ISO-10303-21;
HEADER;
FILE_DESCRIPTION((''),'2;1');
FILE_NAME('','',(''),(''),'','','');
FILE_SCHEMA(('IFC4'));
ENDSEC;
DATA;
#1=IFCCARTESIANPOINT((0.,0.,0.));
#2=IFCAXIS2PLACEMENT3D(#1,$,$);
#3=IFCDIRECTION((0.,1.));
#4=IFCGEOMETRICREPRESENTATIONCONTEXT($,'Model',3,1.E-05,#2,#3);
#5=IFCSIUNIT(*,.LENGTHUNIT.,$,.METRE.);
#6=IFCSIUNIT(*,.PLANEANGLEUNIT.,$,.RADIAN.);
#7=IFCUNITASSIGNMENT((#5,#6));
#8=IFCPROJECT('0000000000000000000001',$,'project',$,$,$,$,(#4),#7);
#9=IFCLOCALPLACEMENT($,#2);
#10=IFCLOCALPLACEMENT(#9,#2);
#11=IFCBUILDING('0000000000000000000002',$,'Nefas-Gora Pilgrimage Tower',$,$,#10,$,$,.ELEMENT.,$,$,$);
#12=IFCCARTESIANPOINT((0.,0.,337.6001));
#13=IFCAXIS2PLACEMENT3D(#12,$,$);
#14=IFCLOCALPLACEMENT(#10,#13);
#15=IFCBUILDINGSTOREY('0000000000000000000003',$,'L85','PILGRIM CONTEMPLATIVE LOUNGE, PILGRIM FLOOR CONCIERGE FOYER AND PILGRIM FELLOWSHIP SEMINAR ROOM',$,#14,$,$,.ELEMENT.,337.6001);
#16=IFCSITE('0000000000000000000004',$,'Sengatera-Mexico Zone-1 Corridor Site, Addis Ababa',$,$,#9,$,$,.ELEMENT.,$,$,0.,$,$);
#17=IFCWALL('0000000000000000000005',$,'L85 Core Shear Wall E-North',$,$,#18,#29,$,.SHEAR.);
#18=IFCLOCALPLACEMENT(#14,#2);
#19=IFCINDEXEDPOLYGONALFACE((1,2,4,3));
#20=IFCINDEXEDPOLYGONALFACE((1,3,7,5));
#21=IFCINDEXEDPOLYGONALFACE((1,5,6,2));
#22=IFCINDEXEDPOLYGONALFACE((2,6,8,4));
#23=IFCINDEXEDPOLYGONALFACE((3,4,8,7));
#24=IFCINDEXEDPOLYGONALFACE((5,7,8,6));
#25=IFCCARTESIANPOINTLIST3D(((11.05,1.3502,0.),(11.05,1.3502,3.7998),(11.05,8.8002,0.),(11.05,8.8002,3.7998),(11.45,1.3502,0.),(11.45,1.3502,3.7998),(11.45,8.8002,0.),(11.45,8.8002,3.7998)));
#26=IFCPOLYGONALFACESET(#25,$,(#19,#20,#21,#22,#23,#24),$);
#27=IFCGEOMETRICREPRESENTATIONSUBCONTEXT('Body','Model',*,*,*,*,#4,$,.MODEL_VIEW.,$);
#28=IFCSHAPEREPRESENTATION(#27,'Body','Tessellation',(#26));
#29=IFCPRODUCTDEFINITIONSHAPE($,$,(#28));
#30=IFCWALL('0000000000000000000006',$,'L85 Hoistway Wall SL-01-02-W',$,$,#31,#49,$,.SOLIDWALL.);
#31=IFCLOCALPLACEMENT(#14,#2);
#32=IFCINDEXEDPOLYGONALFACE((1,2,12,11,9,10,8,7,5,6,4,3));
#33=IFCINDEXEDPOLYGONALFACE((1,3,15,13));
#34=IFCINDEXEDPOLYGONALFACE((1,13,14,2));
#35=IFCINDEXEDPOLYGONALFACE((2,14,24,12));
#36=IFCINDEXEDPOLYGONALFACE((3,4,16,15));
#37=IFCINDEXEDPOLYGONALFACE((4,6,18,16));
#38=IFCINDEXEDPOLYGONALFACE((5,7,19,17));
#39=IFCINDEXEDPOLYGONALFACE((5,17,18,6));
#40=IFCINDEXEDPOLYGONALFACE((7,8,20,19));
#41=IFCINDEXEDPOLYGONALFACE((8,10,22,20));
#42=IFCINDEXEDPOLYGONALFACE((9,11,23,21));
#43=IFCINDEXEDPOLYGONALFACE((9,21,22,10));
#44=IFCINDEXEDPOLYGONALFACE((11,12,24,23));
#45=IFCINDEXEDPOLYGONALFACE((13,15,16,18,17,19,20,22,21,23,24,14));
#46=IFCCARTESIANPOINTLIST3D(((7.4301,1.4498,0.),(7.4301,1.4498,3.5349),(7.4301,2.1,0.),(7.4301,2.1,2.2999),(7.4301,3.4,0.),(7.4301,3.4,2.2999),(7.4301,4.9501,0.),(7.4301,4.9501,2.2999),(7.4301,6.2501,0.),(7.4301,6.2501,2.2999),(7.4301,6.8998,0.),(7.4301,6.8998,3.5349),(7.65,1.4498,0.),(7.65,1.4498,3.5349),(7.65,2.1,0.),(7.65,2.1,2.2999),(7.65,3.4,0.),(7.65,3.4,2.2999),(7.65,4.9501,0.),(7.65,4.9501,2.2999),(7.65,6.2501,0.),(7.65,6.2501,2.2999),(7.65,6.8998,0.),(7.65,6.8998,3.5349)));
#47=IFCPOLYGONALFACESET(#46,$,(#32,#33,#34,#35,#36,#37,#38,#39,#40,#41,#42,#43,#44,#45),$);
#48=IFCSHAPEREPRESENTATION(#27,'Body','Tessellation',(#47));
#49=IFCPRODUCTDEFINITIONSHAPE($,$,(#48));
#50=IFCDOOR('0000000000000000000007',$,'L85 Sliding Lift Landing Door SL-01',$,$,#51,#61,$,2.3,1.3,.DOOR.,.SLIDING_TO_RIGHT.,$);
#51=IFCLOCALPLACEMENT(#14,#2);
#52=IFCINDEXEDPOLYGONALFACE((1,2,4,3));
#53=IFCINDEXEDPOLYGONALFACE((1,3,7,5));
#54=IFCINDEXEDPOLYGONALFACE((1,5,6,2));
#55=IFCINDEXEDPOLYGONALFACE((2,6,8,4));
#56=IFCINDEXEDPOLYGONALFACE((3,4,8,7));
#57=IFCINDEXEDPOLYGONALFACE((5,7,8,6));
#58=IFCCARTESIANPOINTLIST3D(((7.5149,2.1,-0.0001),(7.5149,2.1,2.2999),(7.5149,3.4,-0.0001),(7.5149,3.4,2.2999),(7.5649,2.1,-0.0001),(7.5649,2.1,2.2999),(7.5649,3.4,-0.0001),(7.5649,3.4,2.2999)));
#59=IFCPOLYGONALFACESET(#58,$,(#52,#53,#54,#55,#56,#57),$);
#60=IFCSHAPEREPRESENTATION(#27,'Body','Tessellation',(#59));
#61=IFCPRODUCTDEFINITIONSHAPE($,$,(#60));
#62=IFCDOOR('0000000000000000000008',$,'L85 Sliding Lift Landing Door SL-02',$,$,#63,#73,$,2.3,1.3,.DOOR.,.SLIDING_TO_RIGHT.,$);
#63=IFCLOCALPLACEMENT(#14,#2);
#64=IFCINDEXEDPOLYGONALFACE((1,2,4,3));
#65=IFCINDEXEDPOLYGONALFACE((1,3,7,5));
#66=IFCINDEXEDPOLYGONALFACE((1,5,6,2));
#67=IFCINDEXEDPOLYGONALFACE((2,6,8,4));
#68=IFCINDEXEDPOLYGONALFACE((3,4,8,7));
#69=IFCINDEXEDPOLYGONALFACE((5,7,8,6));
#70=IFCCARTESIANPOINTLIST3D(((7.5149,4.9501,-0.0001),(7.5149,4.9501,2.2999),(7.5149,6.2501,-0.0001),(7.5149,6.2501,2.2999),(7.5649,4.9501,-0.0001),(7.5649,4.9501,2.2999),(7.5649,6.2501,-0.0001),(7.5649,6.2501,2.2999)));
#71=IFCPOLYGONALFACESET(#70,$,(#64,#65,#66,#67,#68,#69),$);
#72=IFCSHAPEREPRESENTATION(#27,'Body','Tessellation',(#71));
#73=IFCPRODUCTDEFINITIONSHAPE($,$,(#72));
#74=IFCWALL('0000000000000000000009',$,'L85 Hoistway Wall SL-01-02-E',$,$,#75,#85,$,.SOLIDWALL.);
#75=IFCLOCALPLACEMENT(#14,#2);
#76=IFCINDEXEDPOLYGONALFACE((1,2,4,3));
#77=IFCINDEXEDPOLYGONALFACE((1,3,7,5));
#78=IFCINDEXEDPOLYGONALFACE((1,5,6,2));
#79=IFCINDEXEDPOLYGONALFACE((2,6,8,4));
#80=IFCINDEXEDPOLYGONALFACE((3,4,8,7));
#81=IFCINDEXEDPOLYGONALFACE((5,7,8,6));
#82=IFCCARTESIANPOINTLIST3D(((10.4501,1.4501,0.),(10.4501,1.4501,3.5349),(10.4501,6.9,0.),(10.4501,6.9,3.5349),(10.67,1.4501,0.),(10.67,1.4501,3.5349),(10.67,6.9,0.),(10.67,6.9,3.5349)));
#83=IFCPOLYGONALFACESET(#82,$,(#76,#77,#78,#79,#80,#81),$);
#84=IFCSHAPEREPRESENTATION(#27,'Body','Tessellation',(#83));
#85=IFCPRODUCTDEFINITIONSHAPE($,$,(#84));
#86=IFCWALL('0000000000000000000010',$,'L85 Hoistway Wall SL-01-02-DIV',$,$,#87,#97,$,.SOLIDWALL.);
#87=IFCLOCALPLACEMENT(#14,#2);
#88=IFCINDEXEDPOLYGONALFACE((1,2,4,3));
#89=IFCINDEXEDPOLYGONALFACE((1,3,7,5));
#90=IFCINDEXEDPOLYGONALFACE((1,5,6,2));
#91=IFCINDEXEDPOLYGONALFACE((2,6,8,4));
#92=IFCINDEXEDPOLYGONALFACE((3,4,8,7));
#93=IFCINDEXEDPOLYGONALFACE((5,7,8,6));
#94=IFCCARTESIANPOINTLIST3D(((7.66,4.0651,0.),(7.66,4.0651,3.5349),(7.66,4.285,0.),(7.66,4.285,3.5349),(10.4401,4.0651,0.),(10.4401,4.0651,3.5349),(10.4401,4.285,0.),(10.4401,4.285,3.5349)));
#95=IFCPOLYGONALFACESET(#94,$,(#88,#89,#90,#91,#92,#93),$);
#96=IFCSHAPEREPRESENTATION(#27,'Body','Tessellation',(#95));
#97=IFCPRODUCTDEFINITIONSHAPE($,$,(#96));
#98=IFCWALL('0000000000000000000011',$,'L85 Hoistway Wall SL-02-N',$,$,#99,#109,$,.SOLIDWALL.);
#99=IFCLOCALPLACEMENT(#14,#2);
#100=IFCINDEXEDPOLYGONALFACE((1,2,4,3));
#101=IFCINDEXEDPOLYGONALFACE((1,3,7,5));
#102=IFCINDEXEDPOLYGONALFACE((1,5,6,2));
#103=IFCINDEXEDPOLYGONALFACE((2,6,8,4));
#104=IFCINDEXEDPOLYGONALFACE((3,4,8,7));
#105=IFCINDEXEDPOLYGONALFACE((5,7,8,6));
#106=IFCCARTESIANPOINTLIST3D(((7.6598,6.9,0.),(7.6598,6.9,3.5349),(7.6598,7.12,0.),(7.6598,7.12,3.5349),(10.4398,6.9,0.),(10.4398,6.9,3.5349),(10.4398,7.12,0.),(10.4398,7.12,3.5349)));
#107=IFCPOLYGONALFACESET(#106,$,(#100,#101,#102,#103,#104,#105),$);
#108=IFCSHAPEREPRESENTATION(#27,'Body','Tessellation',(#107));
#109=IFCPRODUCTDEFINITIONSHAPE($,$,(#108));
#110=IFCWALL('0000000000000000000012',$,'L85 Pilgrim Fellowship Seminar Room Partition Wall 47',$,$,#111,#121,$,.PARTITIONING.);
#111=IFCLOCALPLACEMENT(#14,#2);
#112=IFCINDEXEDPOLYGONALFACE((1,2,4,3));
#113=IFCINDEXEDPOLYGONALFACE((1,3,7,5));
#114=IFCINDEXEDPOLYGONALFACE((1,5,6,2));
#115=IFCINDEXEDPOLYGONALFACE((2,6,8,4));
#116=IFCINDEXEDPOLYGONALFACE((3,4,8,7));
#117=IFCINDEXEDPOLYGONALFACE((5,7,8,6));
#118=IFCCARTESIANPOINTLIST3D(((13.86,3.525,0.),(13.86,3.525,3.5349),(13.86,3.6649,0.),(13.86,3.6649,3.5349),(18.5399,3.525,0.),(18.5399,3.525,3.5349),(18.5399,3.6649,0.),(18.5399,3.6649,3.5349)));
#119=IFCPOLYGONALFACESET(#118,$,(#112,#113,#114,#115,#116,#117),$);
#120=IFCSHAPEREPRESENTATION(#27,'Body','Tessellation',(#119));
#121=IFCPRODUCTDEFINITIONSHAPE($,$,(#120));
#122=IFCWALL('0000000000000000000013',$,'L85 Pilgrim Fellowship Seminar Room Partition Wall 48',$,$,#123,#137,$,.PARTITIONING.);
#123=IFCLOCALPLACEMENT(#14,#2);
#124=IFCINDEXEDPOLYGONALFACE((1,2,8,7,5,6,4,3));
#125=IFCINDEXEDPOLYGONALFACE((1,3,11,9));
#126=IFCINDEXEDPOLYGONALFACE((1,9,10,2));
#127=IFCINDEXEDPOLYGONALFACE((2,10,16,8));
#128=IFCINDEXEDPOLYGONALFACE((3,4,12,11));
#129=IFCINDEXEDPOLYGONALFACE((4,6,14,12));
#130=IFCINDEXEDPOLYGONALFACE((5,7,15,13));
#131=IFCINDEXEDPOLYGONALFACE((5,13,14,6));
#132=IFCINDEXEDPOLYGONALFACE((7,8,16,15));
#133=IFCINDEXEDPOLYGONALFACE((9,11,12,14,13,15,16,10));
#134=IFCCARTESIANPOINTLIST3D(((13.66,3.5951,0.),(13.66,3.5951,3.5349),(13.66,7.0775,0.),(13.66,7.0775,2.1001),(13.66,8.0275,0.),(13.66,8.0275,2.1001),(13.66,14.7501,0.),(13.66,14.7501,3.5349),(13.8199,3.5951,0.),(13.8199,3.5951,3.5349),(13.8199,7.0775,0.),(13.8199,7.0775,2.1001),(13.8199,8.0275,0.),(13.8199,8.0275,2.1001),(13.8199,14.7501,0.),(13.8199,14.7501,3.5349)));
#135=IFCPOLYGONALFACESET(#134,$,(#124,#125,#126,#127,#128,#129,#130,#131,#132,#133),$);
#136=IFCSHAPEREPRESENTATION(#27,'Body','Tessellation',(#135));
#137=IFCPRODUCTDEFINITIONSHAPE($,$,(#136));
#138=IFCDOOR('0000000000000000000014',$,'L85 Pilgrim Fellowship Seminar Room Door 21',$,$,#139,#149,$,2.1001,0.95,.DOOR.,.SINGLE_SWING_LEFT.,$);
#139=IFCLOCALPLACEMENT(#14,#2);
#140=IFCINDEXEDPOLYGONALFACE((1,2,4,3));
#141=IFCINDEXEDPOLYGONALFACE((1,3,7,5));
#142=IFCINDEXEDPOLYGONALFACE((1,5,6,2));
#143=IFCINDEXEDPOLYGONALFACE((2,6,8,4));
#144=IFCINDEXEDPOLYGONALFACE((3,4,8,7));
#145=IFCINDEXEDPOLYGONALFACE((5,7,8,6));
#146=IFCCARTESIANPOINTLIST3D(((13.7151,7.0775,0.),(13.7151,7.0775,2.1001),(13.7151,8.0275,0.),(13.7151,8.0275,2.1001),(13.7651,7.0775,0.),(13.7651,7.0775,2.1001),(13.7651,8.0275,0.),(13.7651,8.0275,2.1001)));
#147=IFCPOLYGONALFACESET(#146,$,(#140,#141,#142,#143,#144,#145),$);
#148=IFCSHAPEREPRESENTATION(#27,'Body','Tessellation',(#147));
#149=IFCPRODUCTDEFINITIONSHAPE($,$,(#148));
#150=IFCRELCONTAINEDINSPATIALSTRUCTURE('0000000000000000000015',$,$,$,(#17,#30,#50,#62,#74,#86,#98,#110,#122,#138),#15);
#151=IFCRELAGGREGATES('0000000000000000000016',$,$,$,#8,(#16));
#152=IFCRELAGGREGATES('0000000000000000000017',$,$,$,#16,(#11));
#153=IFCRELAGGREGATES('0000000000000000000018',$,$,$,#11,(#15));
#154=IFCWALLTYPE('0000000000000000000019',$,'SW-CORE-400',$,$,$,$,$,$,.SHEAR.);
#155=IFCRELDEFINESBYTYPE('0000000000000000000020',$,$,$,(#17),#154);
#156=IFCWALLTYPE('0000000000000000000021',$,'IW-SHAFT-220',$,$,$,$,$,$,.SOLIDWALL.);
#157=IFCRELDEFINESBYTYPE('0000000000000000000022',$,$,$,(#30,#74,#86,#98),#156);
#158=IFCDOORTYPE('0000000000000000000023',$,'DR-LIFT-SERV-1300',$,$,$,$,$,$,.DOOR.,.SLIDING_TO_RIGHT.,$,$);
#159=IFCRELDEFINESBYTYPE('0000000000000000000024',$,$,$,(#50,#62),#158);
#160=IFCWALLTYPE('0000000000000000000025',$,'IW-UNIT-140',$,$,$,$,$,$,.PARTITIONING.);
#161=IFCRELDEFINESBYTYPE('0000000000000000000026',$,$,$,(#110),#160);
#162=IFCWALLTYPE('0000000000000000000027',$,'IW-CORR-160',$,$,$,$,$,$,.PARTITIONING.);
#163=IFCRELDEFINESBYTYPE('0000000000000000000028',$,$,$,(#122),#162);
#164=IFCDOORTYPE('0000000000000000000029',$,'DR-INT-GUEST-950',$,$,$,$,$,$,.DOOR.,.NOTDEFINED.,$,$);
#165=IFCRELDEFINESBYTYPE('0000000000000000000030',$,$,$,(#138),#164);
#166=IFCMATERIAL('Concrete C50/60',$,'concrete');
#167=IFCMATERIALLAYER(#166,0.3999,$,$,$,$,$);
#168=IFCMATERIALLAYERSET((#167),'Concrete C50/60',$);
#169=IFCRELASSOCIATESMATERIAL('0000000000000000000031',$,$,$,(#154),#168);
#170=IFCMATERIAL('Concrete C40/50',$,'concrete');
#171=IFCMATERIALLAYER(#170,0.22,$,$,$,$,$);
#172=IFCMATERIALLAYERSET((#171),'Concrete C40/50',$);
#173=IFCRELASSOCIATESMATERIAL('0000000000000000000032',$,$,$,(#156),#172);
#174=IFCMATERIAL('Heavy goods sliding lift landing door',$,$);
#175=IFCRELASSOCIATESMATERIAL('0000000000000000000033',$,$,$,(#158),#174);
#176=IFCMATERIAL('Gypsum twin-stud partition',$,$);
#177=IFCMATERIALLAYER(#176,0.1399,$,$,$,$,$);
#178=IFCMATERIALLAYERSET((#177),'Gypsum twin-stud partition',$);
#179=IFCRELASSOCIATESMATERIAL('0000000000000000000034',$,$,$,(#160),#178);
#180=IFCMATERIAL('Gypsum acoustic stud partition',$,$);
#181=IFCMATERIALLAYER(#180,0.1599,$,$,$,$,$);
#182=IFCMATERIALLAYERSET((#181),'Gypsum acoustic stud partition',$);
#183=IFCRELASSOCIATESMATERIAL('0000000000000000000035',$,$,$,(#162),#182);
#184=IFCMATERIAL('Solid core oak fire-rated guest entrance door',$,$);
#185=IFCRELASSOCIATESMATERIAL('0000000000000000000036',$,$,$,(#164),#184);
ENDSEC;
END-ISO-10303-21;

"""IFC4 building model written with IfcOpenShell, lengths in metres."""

from ifc_helpers import new_model, si_unit, direction, frame, frame_2d, origin, place, context, subcontext, project, spatial, rectangle, extrude, source, transform, mapped, material, layer, layer_set, type_object, element, fill, save


model = new_model("IFC4")

# Units and contexts
model_context = context("Model", 3, precision=1e-05, world=origin(), true_north=direction((0.0, 1.0)))
body_context = subcontext(model_context, "Body", "Model", "MODEL_VIEW")
ifc_project = project(units=[si_unit("LENGTHUNIT", "METRE"), si_unit("PLANEANGLEUNIT", "RADIAN")], contexts=[model_context])

# Site, building, storey
site_placement = place(None, origin())
site = spatial("IfcSite", under=ifc_project, at=site_placement, Name="Sengatera-Mexico Zone-1 Corridor Site, Addis Ababa", CompositionType="ELEMENT", RefElevation=0.0)
building_placement = place(site_placement, origin())
building = spatial("IfcBuilding", under=site, at=building_placement, Name="Nefas-Gora Pilgrimage Tower", CompositionType="ELEMENT")
storey_placement = place(building_placement, frame((0.0, 0.0, 337.6001)))
storey = spatial("IfcBuildingStorey", under=building, at=storey_placement, Name="L85", Description="PILGRIM CONTEMPLATIVE LOUNGE, PILGRIM FLOOR CONCIERGE FOYER AND PILGRIM FELLOWSHIP SEMINAR ROOM", CompositionType="ELEMENT", Elevation=337.6001)

# Shared definitions
ifc_material_1 = material(Name="Concrete C50/60", Category="concrete")

# Wall
ifc_layer_1 = layer(ifc_material_1, 0.3999)
ifc_layer_set_1 = layer_set([ifc_layer_1], Name="Concrete C50/60")
wall_type_1 = type_object("IfcWallType", Name="SW-CORE-400", PredefinedType="SHEAR", material=ifc_layer_set_1)
shared_shape_1 = source(origin(), body_context, "Body", "SweptSolid", [
    extrude(rectangle(XDim=7.45, YDim=0.3999, at=frame_2d((3.7251, 0.0))), origin(), (0.0, 0.0, 1.0), 3.7998),
])
wall_1_placement = place(storey_placement, frame((11.25, 1.3501, 0.0), z_axis=(0.0, 0.0, 1.0), x_axis=(0.0, 1.0, 0.0)))
element("IfcWall", 1, at=wall_1_placement, inside=storey, type_object=wall_type_1, Name="L85 Core Shear Wall E-North", PredefinedType="SHEAR", context=body_context, shape_type="MappedRepresentation", body=[
    mapped(shared_shape_1, transform((0.0, 0.0, 0.0), x_axis=(1.0, 0.0, 0.0), y_axis=(0.0, 1.0, 0.0), z_axis=(0.0, 0.0, 1.0), scale=1.0)),
])

# Wall, openings, doors
ifc_material_2 = material(Name="Concrete C40/50", Category="concrete")
ifc_layer_2 = layer(ifc_material_2, 0.22)
ifc_layer_set_2 = layer_set([ifc_layer_2], Name="Concrete C40/50")
wall_type_2 = type_object("IfcWallType", Name="IW-SHAFT-220", PredefinedType="SOLIDWALL", material=ifc_layer_set_2)
shared_shape_2 = source(origin(), body_context, "Body", "SweptSolid", [
    extrude(rectangle(XDim=5.45, YDim=0.22, at=frame_2d((2.7251, 0.0))), origin(), (0.0, 0.0, 1.0), 3.5349),
])
wall_2_placement = place(storey_placement, frame((7.54, 6.8999, 0.0), z_axis=(0.0, 0.0, 1.0), x_axis=(0.0, -1.0, 0.0)))
wall_2 = element("IfcWall", 2, at=wall_2_placement, inside=storey, type_object=wall_type_2, Name="L85 Hoistway Wall SL-01-02-W", PredefinedType="SOLIDWALL", context=body_context, shape_type="MappedRepresentation", body=[
    mapped(shared_shape_2, transform((0.0, 0.0, 0.0), x_axis=(1.0, 0.0, 0.0), y_axis=(0.0, 1.0, 0.0), z_axis=(0.0, 0.0, 1.0), scale=1.0)),
])
opening_1_placement = place(wall_2_placement, frame((3.5, 0.0, 0.0)))
opening_1 = element("IfcOpeningElement", 3, at=opening_1_placement, cuts=wall_2, PredefinedType="OPENING", context=body_context, shape_type="SweptSolid", body=[
    extrude(rectangle(XDim=1.3, YDim=2.3, at=frame_2d((0.6499, 1.1499))), frame((0.0, 0.1199, 0.0), z_axis=(0.0, -1.0, 0.0), x_axis=(1.0, 0.0, 0.0)), (0.0, 0.0, 1.0), 0.24),
])
opening_2_placement = place(wall_2_placement, frame((0.6499, 0.0, 0.0)))
opening_2 = element("IfcOpeningElement", 4, at=opening_2_placement, cuts=wall_2, PredefinedType="OPENING", context=body_context, shape_type="SweptSolid", body=[
    extrude(rectangle(XDim=1.3, YDim=2.3, at=frame_2d((0.6499, 1.1499))), frame((0.0, 0.1199, 0.0), z_axis=(0.0, -1.0, 0.0), x_axis=(1.0, 0.0, 0.0)), (0.0, 0.0, 1.0), 0.24),
])
ifc_material_3 = material(Name="Heavy goods sliding lift landing door")
door_type_1 = type_object("IfcDoorType", Name="DR-LIFT-SERV-1300", OperationType="SLIDING_TO_RIGHT", PredefinedType="DOOR", material=ifc_material_3)
shared_shape_3 = source(origin(), body_context, "Body", "SweptSolid", [
    extrude(rectangle(XDim=1.3, YDim=2.3, at=frame_2d((0.6499, 1.1499))), frame((0.0, 0.0249, 0.0), z_axis=(0.0, -1.0, 0.0), x_axis=(1.0, 0.0, 0.0)), (0.0, 0.0, 1.0), 0.05),
])
door_1_placement = place(opening_1_placement, origin())
door_1 = element("IfcDoor", 5, at=door_1_placement, inside=storey, type_object=door_type_1, Name="L85 Sliding Lift Landing Door SL-01", OperationType="SLIDING_TO_RIGHT", OverallHeight=2.3, OverallWidth=1.3, PredefinedType="DOOR", context=body_context, shape_type="MappedRepresentation", body=[
    mapped(shared_shape_3, transform((0.0, 0.0, 0.0), x_axis=(1.0, 0.0, 0.0), y_axis=(0.0, 1.0, 0.0), z_axis=(0.0, 0.0, 1.0), scale=1.0)),
])
fill(opening_1, door_1)
door_2_placement = place(opening_2_placement, origin())
door_2 = element("IfcDoor", 6, at=door_2_placement, inside=storey, type_object=door_type_1, Name="L85 Sliding Lift Landing Door SL-02", OperationType="SLIDING_TO_RIGHT", OverallHeight=2.3, OverallWidth=1.3, PredefinedType="DOOR", context=body_context, shape_type="MappedRepresentation", body=[
    mapped(shared_shape_3, transform((0.0, 0.0, 0.0), x_axis=(1.0, 0.0, 0.0), y_axis=(0.0, 1.0, 0.0), z_axis=(0.0, 0.0, 1.0), scale=1.0)),
])
fill(opening_2, door_2)

# Walls
wall_3_placement = place(storey_placement, frame((10.5601, 1.45, 0.0), z_axis=(0.0, 0.0, 1.0), x_axis=(0.0, 1.0, 0.0)))
element("IfcWall", 7, at=wall_3_placement, inside=storey, type_object=wall_type_2, Name="L85 Hoistway Wall SL-01-02-E", PredefinedType="SOLIDWALL", context=body_context, shape_type="MappedRepresentation", body=[
    mapped(shared_shape_2, transform((0.0, 0.0, 0.0), x_axis=(1.0, 0.0, 0.0), y_axis=(0.0, 1.0, 0.0), z_axis=(0.0, 0.0, 1.0), scale=1.0)),
])
shared_shape_4 = source(origin(), body_context, "Body", "SweptSolid", [
    extrude(rectangle(XDim=2.78, YDim=0.22, at=frame_2d((1.3901, 0.0))), origin(), (0.0, 0.0, 1.0), 3.5349),
])
for number, where, z_axis, x_axis, name in (
    (8, (7.6599, 4.175, 0.0), (0.0, 0.0, 1.0), (1.0, 0.0, 0.0), "L85 Hoistway Wall SL-01-02-DIV"),
    (9, (10.4399, 7.01, 0.0), (0.0, 0.0, 1.0), (-1.0, 0.0, 0.0), "L85 Hoistway Wall SL-02-N"),
):
    element("IfcWall", number, at=place(storey_placement, frame(where, z_axis=z_axis, x_axis=x_axis)), inside=storey, type_object=wall_type_2, Name=name, PredefinedType="SOLIDWALL", context=body_context, shape_type="MappedRepresentation", body=[
        mapped(shared_shape_4, transform((0.0, 0.0, 0.0), x_axis=(1.0, 0.0, 0.0), y_axis=(0.0, 1.0, 0.0), z_axis=(0.0, 0.0, 1.0), scale=1.0)),
    ])
ifc_material_4 = material(Name="Gypsum twin-stud partition")
ifc_layer_3 = layer(ifc_material_4, 0.1399)
ifc_layer_set_3 = layer_set([ifc_layer_3], Name="Gypsum twin-stud partition")
wall_type_3 = type_object("IfcWallType", Name="IW-UNIT-140", PredefinedType="PARTITIONING", material=ifc_layer_set_3)
shared_shape_5 = source(origin(), body_context, "Body", "SweptSolid", [
    extrude(rectangle(XDim=4.6799, YDim=0.1399, at=frame_2d((2.3398, 0.0))), origin(), (0.0, 0.0, 1.0), 3.5349),
])
wall_4_placement = place(storey_placement, frame((13.8601, 3.595, 0.0), z_axis=(0.0, 0.0, 1.0), x_axis=(1.0, 0.0, 0.0)))
element("IfcWall", 10, at=wall_4_placement, inside=storey, type_object=wall_type_3, Name="L85 Pilgrim Fellowship Seminar Room Partition Wall 47", PredefinedType="PARTITIONING", context=body_context, shape_type="MappedRepresentation", body=[
    mapped(shared_shape_5, transform((0.0, 0.0, 0.0), x_axis=(1.0, 0.0, 0.0), y_axis=(0.0, 1.0, 0.0), z_axis=(0.0, 0.0, 1.0), scale=1.0)),
])

# Wall, opening, door
ifc_material_5 = material(Name="Gypsum acoustic stud partition")
ifc_layer_4 = layer(ifc_material_5, 0.1599)
ifc_layer_set_4 = layer_set([ifc_layer_4], Name="Gypsum acoustic stud partition")
wall_type_4 = type_object("IfcWallType", Name="IW-CORR-160", PredefinedType="PARTITIONING", material=ifc_layer_set_4)
shared_shape_6 = source(origin(), body_context, "Body", "SweptSolid", [
    extrude(rectangle(XDim=11.155, YDim=0.1599, at=frame_2d((5.5776, 0.0))), origin(), (0.0, 0.0, 1.0), 3.5349),
])
wall_5_placement = place(storey_placement, frame((13.74, 3.595, 0.0), z_axis=(0.0, 0.0, 1.0), x_axis=(0.0, 1.0, 0.0)))
wall_5 = element("IfcWall", 11, at=wall_5_placement, inside=storey, type_object=wall_type_4, Name="L85 Pilgrim Fellowship Seminar Room Partition Wall 48", PredefinedType="PARTITIONING", context=body_context, shape_type="MappedRepresentation", body=[
    mapped(shared_shape_6, transform((0.0, 0.0, 0.0), x_axis=(1.0, 0.0, 0.0), y_axis=(0.0, 1.0, 0.0), z_axis=(0.0, 0.0, 1.0), scale=1.0)),
])
opening_3_placement = place(wall_5_placement, frame((3.4824, 0.0, 0.0)))
opening_3 = element("IfcOpeningElement", 12, at=opening_3_placement, cuts=wall_5, PredefinedType="OPENING", context=body_context, shape_type="SweptSolid", body=[
    extrude(rectangle(XDim=0.95, YDim=2.1001, at=frame_2d((0.4751, 1.05))), frame((0.0, 0.0898, 0.0), z_axis=(0.0, -1.0, 0.0), x_axis=(1.0, 0.0, 0.0)), (0.0, 0.0, 1.0), 0.1799),
])
ifc_material_6 = material(Name="Solid core oak fire-rated guest entrance door")
door_type_2 = type_object("IfcDoorType", Name="DR-INT-GUEST-950", OperationType="NOTDEFINED", PredefinedType="DOOR", material=ifc_material_6)
shared_shape_7 = source(origin(), body_context, "Body", "SweptSolid", [
    extrude(rectangle(XDim=0.95, YDim=2.1001, at=frame_2d((0.4751, 1.05))), frame((0.0, 0.0249, 0.0), z_axis=(0.0, -1.0, 0.0), x_axis=(1.0, 0.0, 0.0)), (0.0, 0.0, 1.0), 0.05),
])
door_3_placement = place(opening_3_placement, origin())
door_3 = element("IfcDoor", 13, at=door_3_placement, inside=storey, type_object=door_type_2, Name="L85 Pilgrim Fellowship Seminar Room Door 21", OperationType="SINGLE_SWING_LEFT", OverallHeight=2.1001, OverallWidth=0.95, PredefinedType="DOOR", context=body_context, shape_type="MappedRepresentation", body=[
    mapped(shared_shape_7, transform((0.0, 0.0, 0.0), x_axis=(1.0, 0.0, 0.0), y_axis=(0.0, 1.0, 0.0), z_axis=(0.0, 0.0, 1.0), scale=1.0)),
])
fill(opening_3, door_3)

save(model, "model.ifc")
